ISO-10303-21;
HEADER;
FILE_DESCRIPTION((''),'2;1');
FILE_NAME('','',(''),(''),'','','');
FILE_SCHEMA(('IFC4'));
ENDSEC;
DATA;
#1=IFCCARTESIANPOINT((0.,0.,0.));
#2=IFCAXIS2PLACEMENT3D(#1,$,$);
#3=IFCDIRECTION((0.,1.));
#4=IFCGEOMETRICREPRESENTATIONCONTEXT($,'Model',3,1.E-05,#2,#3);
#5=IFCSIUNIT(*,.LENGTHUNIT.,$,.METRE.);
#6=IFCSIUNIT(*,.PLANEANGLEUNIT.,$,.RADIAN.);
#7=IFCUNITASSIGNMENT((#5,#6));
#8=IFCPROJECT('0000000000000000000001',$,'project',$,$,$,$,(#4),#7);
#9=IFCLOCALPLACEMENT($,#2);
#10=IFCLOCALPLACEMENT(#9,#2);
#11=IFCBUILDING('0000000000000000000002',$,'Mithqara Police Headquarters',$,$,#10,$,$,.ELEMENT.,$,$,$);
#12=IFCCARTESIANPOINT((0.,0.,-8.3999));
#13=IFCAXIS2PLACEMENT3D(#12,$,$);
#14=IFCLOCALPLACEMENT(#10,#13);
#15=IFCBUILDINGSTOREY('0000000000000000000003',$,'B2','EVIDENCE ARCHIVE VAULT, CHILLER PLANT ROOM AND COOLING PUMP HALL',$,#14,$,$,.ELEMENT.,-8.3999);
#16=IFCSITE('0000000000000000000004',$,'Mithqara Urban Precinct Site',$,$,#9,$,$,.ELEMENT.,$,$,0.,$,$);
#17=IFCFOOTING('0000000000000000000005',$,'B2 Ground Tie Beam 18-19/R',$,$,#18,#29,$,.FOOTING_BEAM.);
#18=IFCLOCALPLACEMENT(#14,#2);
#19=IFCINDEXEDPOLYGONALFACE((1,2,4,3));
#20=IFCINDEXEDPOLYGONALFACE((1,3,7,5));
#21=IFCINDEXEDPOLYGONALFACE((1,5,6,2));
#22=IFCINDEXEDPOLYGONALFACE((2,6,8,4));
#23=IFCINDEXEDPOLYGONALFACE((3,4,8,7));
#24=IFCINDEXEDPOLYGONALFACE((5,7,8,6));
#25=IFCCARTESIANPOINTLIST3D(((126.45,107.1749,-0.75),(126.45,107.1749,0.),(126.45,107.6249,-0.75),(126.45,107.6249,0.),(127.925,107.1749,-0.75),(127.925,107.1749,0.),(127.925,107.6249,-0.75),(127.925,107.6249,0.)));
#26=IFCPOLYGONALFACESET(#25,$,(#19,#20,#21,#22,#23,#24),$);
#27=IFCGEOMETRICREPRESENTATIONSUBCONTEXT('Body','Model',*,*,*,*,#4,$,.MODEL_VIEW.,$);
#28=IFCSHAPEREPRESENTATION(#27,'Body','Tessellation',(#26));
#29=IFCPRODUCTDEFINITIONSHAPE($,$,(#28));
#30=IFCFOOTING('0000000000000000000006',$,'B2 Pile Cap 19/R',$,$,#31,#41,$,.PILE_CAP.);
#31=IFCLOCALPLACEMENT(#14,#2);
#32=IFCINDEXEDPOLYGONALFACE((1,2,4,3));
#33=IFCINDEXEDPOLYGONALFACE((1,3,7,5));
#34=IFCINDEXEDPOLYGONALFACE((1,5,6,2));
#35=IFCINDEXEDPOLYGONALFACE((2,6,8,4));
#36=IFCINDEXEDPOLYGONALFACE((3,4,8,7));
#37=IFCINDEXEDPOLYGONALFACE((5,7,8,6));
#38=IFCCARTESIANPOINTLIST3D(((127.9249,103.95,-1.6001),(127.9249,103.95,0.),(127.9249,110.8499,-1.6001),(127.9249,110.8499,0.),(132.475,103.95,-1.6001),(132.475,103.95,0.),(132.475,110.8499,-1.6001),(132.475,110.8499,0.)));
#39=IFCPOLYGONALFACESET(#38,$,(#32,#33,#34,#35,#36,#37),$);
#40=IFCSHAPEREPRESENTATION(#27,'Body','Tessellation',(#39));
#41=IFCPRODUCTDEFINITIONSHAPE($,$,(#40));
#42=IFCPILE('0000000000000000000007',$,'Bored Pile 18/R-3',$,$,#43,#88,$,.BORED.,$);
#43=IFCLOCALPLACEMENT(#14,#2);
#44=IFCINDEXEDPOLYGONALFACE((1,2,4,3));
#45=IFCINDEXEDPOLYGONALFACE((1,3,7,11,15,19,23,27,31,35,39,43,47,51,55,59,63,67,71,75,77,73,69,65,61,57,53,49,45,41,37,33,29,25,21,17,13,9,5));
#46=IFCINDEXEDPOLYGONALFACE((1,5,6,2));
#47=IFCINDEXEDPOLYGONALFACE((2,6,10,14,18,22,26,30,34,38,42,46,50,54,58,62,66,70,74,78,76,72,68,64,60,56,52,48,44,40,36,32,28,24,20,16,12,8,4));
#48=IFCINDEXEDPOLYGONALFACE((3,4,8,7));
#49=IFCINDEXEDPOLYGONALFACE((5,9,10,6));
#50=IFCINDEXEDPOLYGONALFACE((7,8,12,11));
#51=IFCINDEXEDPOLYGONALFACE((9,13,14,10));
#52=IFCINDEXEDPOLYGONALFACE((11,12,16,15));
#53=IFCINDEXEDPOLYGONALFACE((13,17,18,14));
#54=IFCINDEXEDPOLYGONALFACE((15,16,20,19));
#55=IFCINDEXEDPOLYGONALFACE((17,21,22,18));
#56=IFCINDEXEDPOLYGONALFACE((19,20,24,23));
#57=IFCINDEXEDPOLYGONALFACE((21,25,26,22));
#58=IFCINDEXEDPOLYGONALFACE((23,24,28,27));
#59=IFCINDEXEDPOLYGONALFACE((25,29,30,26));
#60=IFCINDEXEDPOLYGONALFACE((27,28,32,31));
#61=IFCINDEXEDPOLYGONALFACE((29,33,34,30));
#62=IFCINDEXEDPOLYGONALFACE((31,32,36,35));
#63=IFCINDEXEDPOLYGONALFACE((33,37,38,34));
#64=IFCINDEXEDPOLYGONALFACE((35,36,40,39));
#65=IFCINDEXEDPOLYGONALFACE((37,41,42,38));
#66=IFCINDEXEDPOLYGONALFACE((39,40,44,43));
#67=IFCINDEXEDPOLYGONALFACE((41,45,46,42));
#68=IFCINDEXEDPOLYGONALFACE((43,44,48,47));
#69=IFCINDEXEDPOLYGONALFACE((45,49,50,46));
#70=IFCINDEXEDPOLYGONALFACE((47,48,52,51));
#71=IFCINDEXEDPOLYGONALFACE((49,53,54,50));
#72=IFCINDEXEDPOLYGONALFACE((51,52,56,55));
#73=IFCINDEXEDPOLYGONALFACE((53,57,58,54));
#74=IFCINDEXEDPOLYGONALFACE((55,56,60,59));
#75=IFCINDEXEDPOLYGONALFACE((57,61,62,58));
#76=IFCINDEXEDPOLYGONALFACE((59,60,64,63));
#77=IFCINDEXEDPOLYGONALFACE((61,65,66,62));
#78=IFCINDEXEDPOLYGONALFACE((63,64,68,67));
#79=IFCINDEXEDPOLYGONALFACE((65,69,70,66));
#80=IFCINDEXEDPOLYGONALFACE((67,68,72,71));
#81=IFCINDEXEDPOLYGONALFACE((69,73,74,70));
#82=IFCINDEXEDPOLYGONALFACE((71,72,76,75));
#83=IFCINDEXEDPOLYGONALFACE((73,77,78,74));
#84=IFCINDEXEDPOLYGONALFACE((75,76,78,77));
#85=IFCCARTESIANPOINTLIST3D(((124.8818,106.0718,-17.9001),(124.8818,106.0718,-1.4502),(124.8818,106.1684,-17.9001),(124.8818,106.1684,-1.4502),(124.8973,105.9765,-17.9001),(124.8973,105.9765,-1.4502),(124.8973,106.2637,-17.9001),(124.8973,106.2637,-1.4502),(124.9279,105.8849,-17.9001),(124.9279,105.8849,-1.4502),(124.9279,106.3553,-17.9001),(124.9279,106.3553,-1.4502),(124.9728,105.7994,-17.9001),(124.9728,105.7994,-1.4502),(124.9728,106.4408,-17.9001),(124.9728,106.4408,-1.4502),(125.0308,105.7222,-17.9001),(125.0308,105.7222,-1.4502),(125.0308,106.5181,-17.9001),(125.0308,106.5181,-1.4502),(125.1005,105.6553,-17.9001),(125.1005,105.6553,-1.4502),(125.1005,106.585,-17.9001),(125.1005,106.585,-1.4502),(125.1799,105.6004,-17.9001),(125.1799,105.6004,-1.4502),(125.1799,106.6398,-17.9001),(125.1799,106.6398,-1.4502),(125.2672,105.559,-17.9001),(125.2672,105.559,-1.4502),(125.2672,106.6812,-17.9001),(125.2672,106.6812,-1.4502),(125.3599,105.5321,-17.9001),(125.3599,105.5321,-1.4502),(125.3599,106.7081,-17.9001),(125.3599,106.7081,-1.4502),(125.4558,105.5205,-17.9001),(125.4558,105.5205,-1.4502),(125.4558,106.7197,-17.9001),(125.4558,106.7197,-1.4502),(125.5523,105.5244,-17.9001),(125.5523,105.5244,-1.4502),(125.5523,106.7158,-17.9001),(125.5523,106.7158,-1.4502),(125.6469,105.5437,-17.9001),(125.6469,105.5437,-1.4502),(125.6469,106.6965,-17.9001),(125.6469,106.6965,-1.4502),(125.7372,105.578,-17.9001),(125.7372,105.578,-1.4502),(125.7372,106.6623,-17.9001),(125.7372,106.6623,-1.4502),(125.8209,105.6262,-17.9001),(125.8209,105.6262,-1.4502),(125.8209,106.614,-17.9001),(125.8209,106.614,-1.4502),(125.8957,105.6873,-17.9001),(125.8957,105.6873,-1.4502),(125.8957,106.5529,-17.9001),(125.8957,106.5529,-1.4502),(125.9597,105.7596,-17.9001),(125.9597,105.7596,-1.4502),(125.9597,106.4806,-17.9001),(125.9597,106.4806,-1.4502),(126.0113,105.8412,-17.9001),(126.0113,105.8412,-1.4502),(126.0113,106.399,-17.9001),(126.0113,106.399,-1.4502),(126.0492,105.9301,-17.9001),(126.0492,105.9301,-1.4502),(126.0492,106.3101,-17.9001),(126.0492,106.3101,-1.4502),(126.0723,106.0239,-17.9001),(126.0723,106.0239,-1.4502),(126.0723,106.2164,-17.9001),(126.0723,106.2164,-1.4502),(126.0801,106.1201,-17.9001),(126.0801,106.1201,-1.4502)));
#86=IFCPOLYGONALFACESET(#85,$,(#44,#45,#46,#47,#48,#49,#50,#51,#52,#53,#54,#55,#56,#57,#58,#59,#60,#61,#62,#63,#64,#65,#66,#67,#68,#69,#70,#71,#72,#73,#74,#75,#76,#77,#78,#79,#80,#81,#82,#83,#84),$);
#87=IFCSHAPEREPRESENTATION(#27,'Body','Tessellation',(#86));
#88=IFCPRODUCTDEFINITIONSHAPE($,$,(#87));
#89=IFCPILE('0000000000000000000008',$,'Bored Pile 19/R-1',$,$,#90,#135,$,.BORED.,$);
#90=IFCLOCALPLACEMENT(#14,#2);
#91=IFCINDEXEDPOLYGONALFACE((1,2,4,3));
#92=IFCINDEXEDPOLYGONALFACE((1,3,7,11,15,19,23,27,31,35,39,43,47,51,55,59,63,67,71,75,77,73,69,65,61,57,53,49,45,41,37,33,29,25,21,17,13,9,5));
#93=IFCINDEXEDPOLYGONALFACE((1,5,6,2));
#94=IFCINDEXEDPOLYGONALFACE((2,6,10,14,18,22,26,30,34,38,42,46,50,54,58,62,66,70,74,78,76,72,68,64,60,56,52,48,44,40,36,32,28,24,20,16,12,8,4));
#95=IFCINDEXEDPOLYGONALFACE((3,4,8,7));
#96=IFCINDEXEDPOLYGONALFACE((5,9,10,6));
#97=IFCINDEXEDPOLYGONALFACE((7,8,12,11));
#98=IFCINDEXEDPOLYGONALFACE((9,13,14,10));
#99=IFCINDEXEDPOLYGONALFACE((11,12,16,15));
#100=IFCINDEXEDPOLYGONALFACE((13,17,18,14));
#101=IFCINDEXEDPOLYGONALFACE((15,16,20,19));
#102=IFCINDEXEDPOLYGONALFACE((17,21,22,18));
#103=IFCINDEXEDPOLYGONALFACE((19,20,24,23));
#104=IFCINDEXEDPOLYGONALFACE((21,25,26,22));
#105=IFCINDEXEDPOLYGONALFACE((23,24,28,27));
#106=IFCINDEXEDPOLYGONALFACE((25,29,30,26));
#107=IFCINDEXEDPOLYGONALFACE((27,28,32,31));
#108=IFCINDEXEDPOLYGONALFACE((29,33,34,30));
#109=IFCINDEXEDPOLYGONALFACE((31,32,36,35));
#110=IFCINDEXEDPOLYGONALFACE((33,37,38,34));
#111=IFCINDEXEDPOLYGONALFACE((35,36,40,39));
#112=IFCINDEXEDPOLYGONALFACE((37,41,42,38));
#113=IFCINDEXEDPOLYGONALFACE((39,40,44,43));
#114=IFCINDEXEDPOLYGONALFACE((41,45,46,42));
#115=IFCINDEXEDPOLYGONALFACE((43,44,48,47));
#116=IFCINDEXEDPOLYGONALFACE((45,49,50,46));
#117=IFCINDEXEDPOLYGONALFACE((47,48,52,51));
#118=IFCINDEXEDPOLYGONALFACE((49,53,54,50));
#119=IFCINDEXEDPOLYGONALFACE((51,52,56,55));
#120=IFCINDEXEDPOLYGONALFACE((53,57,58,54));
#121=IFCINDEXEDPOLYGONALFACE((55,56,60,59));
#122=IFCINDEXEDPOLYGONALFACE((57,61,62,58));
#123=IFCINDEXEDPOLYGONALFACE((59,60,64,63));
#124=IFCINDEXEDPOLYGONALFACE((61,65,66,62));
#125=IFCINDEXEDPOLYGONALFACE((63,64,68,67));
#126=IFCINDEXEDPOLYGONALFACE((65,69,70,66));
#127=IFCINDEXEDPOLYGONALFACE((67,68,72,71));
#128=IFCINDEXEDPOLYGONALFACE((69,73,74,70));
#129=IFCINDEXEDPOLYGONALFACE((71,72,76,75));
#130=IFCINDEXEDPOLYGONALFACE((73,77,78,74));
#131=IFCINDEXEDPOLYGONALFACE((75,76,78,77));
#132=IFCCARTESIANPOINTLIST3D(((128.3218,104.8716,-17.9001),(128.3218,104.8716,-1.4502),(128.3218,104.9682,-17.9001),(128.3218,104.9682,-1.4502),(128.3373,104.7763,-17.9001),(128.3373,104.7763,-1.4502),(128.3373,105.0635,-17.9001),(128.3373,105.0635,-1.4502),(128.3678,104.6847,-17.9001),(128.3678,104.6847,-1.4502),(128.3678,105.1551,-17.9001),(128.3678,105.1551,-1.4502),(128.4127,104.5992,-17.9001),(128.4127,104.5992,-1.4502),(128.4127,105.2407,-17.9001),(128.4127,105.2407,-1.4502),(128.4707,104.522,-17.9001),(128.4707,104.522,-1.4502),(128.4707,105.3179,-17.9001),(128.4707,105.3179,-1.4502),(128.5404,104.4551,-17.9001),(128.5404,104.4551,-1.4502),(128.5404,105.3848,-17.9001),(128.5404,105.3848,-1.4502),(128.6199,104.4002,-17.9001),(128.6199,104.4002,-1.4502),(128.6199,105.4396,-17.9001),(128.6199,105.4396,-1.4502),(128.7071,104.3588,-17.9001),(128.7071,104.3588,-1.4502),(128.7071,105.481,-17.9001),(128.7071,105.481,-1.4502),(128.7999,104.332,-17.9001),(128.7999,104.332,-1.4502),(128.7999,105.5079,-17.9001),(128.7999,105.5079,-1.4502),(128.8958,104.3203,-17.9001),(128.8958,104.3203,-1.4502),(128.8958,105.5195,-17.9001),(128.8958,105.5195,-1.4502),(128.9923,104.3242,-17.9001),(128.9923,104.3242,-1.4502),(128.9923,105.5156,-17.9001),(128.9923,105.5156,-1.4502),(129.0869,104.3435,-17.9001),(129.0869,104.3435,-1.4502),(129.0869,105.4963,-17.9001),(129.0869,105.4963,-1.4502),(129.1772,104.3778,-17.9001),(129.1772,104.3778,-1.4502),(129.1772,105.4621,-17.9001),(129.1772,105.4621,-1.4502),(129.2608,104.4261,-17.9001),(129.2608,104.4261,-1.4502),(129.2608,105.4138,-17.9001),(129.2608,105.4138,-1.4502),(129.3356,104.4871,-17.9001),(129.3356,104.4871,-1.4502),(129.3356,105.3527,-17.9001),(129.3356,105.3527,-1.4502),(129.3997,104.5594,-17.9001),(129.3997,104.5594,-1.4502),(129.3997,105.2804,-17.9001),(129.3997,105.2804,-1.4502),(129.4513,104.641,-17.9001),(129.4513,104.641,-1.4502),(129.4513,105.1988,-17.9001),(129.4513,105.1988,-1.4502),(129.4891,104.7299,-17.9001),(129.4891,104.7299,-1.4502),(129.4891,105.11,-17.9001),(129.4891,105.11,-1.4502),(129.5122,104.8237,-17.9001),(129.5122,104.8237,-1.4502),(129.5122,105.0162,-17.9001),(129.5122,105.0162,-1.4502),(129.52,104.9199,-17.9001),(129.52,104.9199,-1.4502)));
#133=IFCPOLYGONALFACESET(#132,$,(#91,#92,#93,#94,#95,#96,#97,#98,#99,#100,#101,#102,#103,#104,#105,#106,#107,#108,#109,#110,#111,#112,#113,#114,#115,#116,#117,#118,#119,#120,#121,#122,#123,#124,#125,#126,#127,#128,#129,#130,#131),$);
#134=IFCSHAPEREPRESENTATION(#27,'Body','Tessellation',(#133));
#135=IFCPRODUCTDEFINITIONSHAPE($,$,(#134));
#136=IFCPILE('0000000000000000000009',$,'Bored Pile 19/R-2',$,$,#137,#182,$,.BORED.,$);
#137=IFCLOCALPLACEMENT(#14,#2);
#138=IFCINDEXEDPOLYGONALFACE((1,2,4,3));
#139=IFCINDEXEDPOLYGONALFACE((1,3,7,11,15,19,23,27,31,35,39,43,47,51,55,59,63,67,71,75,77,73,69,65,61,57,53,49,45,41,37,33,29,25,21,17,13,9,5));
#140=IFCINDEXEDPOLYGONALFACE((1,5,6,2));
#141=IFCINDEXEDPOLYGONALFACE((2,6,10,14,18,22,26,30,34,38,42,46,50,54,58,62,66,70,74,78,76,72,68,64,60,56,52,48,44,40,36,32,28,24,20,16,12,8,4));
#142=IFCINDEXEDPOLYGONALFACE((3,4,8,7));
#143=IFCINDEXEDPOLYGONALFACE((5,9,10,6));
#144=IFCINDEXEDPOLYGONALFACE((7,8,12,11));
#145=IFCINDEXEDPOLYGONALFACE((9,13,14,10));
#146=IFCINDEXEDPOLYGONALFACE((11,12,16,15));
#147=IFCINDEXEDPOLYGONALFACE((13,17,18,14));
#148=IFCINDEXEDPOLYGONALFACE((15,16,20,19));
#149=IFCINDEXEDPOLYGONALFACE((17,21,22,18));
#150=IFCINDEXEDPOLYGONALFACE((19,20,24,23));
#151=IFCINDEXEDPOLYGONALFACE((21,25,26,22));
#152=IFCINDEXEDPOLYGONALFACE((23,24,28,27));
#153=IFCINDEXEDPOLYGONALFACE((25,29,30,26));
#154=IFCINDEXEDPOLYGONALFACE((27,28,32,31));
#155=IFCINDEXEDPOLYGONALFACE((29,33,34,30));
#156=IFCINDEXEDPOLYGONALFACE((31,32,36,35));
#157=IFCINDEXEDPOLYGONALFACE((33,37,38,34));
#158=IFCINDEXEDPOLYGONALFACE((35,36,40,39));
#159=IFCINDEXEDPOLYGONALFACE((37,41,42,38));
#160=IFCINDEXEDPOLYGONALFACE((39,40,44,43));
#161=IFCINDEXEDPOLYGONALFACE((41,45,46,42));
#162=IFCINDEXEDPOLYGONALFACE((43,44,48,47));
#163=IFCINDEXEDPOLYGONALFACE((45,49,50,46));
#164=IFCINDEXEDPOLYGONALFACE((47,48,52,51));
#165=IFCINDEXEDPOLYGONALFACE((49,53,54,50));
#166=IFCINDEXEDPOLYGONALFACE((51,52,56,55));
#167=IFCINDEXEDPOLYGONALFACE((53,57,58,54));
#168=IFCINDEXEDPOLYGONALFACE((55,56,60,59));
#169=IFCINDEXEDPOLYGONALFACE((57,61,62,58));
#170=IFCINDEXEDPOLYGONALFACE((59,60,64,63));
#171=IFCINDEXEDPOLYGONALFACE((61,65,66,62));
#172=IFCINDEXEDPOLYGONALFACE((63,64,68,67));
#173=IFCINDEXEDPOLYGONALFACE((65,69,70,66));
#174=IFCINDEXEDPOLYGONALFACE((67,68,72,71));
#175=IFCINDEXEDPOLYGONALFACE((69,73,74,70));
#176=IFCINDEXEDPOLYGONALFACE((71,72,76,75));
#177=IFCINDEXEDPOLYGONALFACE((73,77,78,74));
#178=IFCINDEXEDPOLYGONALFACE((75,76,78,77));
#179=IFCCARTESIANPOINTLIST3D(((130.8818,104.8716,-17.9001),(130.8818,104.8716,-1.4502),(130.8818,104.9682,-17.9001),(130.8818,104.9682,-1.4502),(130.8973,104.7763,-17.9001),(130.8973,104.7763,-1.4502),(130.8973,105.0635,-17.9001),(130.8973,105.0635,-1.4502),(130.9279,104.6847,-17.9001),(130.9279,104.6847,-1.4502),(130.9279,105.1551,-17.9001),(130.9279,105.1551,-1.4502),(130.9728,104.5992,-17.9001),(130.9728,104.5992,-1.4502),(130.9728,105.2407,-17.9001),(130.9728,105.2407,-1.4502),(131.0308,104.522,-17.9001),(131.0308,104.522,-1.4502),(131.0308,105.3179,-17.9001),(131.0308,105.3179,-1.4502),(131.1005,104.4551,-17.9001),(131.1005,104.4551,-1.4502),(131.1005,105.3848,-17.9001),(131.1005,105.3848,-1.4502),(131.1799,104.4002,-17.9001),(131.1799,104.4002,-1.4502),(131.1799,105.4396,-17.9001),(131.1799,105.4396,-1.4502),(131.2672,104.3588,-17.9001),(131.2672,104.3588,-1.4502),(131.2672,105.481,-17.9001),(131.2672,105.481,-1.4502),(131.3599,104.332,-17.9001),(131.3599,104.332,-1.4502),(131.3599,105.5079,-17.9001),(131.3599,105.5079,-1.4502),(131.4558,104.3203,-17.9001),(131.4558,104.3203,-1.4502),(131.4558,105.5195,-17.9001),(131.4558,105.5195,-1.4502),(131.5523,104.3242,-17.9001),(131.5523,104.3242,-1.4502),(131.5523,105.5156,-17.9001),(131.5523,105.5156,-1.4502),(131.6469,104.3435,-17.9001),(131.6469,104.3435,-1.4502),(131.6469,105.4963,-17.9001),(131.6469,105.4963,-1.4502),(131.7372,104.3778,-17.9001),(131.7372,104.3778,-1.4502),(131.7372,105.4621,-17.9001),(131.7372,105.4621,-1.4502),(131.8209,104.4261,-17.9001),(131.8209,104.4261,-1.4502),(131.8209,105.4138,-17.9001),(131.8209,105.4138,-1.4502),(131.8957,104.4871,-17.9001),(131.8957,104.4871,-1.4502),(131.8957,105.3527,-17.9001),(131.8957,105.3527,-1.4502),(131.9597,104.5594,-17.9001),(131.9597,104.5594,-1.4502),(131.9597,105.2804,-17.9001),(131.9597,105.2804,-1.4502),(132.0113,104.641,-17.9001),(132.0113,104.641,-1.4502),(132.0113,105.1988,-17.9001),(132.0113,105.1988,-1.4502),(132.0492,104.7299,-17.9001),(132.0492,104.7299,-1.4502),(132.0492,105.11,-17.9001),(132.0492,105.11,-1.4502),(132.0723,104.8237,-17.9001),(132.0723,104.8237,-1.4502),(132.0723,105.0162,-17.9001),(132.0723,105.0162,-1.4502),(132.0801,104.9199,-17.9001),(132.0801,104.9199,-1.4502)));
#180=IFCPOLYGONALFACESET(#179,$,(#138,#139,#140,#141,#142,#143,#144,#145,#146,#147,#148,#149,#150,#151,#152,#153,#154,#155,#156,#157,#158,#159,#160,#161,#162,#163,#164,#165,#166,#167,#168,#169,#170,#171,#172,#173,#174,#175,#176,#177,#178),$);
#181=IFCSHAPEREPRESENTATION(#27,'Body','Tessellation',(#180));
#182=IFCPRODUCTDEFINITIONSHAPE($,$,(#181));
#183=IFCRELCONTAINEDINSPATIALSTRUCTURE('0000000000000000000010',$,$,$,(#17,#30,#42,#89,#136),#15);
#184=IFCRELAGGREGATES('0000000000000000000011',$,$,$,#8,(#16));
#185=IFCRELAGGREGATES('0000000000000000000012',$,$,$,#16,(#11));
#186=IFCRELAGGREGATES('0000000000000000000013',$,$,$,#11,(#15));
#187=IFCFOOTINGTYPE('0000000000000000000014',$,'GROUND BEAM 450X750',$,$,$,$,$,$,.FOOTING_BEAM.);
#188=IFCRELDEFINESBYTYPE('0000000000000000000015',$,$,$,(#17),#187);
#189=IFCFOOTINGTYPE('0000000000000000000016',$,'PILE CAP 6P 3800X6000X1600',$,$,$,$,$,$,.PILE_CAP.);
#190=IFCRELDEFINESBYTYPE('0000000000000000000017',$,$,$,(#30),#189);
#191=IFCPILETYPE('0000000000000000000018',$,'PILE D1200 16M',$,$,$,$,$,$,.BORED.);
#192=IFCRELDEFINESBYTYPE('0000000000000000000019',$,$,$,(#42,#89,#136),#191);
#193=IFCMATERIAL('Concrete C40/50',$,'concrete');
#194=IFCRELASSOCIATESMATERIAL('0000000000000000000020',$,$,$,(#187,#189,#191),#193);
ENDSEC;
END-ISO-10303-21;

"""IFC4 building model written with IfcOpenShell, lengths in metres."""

from ifc_helpers import new_model, si_unit, direction, frame, origin, origin_2d, place, context, subcontext, project, spatial, rectangle, circle, extrude, material, material_profile, profile_set, type_object, element, save


model = new_model("IFC4")

# Units and contexts
model_context = context("Model", 3, precision=1e-05, world=origin(), true_north=direction((0.0, 1.0)))
body_context = subcontext(model_context, "Body", "Model", "MODEL_VIEW")
ifc_project = project(units=[si_unit("LENGTHUNIT", "METRE"), si_unit("PLANEANGLEUNIT", "RADIAN")], contexts=[model_context])

# Site, building, storey
site_placement = place(None, origin())
site = spatial("IfcSite", under=ifc_project, at=site_placement, Name="Mithqara Urban Precinct Site", CompositionType="ELEMENT", RefElevation=0.0)
building_placement = place(site_placement, origin())
building = spatial("IfcBuilding", under=site, at=building_placement, Name="Mithqara Police Headquarters", CompositionType="ELEMENT")
storey_placement = place(building_placement, frame((0.0, 0.0, -8.3999)))
storey = spatial("IfcBuildingStorey", under=building, at=storey_placement, Name="B2", Description="EVIDENCE ARCHIVE VAULT, CHILLER PLANT ROOM AND COOLING PUMP HALL", CompositionType="ELEMENT", Elevation=-8.3999)

# Footings
ifc_material_1 = material(Name="Concrete C40/50", Category="concrete")
footing_type_1 = type_object("IfcFootingType", Name="GROUND BEAM 450X750", PredefinedType="FOOTING_BEAM", material=ifc_material_1)
footing_1_placement = place(storey_placement, frame((127.1875, 107.3999, -0.75), z_axis=(0.0, 0.0, 1.0), x_axis=(1.0, 0.0, 0.0)))
element("IfcFooting", 1, at=footing_1_placement, inside=storey, type_object=footing_type_1, Name="B2 Ground Tie Beam 18-19/R", PredefinedType="FOOTING_BEAM", context=body_context, shape_type="SweptSolid", body=[
    extrude(rectangle(XDim=1.4751, YDim=0.45, at=origin_2d()), origin(), (0.0, 0.0, 1.0), 0.75),
])
footing_type_2 = type_object("IfcFootingType", Name="PILE CAP 6P 3800X6000X1600", PredefinedType="PILE_CAP", material=ifc_material_1)
footing_2_placement = place(storey_placement, frame((130.2, 107.3999, -1.6001), z_axis=(0.0, 0.0, 1.0), x_axis=(1.0, 0.0, 0.0)))
element("IfcFooting", 2, at=footing_2_placement, inside=storey, type_object=footing_type_2, Name="B2 Pile Cap 19/R", PredefinedType="PILE_CAP", context=body_context, shape_type="SweptSolid", body=[
    extrude(rectangle(XDim=4.55, YDim=6.8999, at=origin_2d()), origin(), (0.0, 0.0, 1.0), 1.6001),
])

# Piles
ifc_material_profile_1 = material_profile(ifc_material_1, circle(Radius=0.6001, at=origin_2d()), Name="PILE D1200")
ifc_profile_set_1 = profile_set([ifc_material_profile_1], Name="Concrete C40/50")
pile_type = type_object("IfcPileType", Name="PILE D1200 16M", PredefinedType="BORED", material=ifc_profile_set_1)
for number, where, z_axis, x_axis, name in (
    (3, (125.48, 106.1201, -1.4502), (0.0, 0.0, -1.0), (1.0, 0.0, 0.0), "Bored Pile 18/R-3"),
    (4, (128.9199, 104.9199, -1.4502), (0.0, 0.0, -1.0), (1.0, 0.0, 0.0), "Bored Pile 19/R-1"),
    (5, (131.48, 104.9199, -1.4502), (0.0, 0.0, -1.0), (1.0, 0.0, 0.0), "Bored Pile 19/R-2"),
):
    element("IfcPile", number, at=place(storey_placement, frame(where, z_axis=z_axis, x_axis=x_axis)), inside=storey, type_object=pile_type, Name=name, PredefinedType="BORED", context=body_context, shape_type="SweptSolid", body=[
        extrude(circle(Radius=0.6001, at=origin_2d()), origin(), (0.0, 0.0, 1.0), 16.45),
    ])

save(model, "model.ifc")
